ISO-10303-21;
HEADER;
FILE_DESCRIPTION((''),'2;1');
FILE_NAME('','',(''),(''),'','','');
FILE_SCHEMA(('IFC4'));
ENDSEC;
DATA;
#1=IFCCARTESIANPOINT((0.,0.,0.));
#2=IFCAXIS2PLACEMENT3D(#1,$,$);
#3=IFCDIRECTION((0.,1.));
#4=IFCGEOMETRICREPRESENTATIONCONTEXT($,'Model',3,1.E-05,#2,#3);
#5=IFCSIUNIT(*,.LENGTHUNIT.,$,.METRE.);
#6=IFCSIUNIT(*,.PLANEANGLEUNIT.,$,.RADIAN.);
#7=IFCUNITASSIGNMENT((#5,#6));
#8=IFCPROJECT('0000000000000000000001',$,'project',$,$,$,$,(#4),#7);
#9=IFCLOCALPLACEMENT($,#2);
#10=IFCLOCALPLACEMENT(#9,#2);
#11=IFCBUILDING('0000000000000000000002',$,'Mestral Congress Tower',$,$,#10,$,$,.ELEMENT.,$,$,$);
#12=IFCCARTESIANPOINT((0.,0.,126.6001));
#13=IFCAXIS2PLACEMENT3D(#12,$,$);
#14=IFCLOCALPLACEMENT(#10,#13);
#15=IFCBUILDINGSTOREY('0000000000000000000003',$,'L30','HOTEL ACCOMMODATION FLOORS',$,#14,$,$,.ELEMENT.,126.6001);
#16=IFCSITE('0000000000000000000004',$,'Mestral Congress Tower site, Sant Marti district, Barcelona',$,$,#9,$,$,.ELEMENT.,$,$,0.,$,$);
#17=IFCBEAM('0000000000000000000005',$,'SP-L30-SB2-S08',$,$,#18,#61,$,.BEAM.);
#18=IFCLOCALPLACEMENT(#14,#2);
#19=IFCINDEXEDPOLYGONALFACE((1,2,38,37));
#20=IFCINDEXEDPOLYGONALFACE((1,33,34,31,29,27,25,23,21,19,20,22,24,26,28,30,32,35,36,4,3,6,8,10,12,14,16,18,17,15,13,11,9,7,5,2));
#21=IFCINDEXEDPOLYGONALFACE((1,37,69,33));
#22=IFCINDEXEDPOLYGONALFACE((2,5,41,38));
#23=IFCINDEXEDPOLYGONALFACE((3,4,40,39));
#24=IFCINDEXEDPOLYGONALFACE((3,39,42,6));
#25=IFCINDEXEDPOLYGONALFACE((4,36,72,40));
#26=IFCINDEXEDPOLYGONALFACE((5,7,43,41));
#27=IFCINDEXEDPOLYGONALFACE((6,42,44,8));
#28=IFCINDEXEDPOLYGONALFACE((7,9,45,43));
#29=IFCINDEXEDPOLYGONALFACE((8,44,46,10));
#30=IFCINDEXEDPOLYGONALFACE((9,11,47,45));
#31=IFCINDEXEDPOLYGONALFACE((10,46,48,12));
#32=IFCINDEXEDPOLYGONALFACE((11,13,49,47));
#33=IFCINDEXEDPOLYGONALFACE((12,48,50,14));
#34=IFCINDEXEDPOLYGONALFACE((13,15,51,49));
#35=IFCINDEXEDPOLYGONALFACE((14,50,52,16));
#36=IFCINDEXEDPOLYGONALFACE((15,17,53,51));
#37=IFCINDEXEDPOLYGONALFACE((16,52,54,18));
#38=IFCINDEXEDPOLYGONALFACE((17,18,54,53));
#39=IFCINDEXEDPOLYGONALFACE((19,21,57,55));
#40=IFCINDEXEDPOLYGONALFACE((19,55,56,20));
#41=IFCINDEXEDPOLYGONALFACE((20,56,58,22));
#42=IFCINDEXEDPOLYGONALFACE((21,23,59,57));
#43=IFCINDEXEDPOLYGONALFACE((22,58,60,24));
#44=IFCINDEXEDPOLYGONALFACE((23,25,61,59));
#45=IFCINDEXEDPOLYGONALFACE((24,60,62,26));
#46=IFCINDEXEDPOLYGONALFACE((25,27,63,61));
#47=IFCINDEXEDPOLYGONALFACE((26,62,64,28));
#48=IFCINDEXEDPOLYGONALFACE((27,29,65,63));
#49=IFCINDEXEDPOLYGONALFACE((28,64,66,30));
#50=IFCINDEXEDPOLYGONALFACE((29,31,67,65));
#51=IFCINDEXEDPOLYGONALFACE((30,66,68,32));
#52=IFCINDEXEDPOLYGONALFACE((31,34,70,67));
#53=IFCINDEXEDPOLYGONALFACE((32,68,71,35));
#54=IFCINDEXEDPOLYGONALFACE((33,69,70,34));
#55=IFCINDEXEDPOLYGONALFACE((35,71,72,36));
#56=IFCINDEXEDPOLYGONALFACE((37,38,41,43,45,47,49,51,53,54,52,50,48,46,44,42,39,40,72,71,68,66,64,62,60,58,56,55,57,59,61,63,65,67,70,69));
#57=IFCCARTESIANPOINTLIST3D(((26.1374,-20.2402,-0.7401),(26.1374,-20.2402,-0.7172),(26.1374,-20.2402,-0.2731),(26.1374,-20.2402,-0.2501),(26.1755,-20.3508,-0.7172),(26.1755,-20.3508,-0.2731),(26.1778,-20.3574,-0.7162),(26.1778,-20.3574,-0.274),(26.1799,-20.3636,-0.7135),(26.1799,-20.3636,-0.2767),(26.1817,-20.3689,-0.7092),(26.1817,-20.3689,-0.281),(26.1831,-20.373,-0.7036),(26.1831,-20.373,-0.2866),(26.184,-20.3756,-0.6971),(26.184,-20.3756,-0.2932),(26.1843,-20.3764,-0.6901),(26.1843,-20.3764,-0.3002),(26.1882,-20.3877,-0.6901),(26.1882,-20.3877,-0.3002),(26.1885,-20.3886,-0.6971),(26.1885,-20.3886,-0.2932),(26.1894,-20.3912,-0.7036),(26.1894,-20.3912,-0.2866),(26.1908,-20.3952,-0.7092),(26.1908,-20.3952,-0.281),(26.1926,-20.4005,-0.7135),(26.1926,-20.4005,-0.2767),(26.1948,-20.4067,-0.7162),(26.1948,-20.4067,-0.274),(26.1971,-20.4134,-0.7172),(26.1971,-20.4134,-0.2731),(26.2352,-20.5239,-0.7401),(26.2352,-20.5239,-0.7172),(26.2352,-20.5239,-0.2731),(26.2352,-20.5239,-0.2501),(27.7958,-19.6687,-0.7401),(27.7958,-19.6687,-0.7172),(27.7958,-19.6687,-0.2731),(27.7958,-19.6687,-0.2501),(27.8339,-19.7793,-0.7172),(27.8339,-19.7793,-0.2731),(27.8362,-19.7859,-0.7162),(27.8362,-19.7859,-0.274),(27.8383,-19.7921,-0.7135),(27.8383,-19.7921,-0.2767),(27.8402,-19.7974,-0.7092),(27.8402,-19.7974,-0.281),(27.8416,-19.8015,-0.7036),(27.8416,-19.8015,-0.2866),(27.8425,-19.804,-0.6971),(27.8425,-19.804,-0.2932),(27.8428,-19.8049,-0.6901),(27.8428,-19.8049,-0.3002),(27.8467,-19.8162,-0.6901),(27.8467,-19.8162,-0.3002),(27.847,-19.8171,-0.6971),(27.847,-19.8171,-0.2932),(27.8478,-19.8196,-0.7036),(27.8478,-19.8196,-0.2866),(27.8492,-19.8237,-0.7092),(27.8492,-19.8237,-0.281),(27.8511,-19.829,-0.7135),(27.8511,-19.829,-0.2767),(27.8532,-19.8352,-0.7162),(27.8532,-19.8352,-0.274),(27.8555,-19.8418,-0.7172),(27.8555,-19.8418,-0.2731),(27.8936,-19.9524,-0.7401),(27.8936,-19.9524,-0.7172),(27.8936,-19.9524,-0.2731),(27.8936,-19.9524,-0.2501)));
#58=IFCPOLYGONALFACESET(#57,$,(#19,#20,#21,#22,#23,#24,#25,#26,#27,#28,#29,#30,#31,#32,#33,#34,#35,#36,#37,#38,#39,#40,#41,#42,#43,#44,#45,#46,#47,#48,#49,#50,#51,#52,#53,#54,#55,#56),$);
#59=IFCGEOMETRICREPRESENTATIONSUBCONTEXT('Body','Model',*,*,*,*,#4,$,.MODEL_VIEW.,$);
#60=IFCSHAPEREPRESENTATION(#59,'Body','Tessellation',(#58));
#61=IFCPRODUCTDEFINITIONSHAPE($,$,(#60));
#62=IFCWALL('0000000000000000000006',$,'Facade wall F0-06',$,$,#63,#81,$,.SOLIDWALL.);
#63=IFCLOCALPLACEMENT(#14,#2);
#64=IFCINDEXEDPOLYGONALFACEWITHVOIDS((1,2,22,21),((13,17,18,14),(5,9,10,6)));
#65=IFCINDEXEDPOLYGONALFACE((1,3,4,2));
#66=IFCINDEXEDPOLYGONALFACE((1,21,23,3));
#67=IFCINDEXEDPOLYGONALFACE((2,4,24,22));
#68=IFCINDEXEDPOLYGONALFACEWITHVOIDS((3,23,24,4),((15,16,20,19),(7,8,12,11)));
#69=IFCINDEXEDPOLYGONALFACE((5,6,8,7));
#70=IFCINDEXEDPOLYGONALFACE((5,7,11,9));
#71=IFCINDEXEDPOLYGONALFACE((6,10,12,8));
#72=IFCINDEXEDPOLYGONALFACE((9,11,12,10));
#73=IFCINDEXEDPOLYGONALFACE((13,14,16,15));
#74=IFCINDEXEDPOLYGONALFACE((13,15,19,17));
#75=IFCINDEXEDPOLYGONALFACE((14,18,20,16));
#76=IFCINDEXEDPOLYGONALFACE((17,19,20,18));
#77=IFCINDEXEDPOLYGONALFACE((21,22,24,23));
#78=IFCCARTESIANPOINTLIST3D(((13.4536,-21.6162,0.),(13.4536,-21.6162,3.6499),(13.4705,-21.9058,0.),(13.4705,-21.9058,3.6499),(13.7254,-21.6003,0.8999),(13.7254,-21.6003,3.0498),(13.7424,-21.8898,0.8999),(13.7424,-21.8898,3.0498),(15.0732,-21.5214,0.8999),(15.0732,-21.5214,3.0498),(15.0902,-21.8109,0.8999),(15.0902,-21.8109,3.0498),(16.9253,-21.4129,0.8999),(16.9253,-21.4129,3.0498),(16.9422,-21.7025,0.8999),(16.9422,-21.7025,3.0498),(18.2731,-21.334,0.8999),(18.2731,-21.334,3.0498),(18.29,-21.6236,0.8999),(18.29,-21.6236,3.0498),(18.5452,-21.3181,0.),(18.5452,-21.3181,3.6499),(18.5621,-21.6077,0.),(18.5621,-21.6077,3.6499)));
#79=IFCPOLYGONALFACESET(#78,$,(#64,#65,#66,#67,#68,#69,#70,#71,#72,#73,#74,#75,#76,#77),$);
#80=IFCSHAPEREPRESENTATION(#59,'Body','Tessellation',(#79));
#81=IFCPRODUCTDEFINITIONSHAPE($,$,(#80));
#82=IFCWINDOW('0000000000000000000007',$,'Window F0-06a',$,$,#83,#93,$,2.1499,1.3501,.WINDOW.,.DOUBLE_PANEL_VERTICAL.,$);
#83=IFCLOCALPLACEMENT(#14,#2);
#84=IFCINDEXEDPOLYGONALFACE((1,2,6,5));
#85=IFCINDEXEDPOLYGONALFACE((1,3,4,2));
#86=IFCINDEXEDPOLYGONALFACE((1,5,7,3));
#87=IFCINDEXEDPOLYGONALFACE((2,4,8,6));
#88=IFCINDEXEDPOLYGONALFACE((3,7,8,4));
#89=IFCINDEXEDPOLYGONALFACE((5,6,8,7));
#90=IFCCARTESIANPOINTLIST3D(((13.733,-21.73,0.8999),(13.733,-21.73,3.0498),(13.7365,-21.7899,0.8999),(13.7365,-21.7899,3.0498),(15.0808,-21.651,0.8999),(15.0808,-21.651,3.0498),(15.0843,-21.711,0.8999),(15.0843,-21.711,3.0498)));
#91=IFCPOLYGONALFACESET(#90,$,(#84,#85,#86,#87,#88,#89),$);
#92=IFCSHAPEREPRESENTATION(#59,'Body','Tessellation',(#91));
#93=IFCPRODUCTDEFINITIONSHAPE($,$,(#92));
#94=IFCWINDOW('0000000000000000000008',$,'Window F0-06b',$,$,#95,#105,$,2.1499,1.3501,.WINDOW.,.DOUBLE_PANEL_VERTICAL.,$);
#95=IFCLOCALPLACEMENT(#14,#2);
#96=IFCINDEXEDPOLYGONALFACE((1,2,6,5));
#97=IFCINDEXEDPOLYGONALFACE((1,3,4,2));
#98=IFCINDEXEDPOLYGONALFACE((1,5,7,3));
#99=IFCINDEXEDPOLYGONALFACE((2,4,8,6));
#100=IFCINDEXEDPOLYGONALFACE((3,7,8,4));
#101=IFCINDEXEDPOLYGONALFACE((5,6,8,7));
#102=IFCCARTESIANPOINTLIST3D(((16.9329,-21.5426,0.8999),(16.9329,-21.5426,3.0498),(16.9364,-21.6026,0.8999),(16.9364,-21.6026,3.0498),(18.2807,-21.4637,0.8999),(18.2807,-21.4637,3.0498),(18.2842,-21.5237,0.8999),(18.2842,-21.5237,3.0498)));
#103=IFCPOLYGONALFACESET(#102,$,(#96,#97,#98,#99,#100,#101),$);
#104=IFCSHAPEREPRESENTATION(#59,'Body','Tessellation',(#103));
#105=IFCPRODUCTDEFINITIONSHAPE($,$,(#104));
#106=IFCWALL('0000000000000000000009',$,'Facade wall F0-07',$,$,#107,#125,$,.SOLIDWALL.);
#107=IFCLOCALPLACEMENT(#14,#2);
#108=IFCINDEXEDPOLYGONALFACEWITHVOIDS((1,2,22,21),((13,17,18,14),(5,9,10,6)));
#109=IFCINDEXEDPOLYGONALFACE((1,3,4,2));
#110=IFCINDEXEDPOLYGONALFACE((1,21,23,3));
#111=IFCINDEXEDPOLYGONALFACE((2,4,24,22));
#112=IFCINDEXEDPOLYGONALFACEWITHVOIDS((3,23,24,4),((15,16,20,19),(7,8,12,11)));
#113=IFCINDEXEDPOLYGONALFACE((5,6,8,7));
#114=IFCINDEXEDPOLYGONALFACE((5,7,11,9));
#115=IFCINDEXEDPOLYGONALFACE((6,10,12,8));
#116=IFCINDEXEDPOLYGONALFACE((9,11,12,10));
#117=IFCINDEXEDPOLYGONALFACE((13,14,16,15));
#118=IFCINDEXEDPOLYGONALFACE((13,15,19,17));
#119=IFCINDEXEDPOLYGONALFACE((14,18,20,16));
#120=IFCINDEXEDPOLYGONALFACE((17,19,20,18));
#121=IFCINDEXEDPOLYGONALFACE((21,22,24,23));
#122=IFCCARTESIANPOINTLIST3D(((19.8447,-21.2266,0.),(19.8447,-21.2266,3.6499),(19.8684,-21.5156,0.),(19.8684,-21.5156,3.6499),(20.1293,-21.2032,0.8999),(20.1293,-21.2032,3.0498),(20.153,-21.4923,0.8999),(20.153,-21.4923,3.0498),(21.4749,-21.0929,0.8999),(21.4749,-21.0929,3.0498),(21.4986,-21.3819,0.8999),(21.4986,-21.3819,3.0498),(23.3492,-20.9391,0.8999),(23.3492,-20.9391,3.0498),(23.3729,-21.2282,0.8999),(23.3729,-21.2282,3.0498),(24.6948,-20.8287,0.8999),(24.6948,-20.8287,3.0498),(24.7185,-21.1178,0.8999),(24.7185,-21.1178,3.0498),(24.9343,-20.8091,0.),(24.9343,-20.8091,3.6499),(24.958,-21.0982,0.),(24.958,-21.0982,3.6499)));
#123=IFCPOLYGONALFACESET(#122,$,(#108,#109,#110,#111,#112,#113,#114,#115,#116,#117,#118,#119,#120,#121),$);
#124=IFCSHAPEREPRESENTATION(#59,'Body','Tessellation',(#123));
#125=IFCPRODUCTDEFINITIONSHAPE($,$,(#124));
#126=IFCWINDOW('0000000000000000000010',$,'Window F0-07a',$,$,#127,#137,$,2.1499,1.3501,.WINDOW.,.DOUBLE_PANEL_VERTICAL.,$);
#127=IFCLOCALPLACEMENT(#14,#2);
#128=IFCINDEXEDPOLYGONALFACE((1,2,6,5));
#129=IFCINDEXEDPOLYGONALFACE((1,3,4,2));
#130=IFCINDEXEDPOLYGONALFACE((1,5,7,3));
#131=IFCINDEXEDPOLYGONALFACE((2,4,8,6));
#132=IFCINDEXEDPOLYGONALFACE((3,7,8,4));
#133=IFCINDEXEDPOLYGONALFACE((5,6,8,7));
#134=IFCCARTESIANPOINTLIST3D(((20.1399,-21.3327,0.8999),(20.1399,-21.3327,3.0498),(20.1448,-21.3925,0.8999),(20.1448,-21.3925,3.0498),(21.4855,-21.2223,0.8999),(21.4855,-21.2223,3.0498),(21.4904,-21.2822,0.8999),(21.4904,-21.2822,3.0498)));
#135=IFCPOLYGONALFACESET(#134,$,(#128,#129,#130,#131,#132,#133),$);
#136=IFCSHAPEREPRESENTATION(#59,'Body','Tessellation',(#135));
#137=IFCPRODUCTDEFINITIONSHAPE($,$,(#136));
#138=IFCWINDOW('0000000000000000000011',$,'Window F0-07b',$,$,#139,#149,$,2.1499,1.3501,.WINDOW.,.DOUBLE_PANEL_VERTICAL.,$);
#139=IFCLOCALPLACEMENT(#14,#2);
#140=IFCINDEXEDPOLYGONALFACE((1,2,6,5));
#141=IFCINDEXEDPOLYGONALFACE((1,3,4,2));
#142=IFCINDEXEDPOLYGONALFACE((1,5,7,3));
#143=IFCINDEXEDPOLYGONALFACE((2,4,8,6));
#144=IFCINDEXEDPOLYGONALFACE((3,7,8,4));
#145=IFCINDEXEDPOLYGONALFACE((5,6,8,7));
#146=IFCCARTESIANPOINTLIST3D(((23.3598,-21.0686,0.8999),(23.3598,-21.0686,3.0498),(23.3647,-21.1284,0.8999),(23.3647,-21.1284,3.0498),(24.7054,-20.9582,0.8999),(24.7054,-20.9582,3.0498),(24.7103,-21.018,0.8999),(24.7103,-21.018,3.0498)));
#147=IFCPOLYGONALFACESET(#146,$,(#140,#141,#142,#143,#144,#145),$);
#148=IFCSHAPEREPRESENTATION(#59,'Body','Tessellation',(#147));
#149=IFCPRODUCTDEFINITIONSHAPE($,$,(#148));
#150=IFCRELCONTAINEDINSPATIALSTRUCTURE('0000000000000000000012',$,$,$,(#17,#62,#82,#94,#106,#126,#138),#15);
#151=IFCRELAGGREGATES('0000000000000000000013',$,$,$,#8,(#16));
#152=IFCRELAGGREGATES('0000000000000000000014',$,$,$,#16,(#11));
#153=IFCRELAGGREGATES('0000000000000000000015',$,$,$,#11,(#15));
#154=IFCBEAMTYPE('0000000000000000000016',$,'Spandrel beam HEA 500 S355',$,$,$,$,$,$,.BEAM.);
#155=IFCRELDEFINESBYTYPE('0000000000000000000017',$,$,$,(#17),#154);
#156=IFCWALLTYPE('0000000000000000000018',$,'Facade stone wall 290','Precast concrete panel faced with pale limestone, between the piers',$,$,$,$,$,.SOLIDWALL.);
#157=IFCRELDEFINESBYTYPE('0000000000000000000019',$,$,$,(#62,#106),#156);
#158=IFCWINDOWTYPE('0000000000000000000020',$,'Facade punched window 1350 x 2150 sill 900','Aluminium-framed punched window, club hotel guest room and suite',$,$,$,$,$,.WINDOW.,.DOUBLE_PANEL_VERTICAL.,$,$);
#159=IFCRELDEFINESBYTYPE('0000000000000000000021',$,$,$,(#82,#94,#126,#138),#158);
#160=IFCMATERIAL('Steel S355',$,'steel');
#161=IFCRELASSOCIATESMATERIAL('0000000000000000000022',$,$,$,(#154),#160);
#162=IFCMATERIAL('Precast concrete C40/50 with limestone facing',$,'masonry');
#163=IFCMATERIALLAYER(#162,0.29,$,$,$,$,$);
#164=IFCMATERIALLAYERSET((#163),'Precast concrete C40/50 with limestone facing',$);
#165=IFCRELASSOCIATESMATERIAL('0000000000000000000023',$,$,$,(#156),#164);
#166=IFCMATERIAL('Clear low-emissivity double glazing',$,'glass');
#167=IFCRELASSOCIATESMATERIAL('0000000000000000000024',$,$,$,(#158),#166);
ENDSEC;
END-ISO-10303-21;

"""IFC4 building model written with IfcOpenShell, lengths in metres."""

from ifc_helpers import new_model, si_unit, direction, frame, frame_2d, origin, origin_2d, place, context, subcontext, project, spatial, rectangle, i_section, extrude, material, layer, layer_set, material_profile, profile_set, type_object, element, fill, save


model = new_model("IFC4")

# Units and contexts
model_context = context("Model", 3, precision=1e-05, world=origin(), true_north=direction((0.0, 1.0)))
body_context = subcontext(model_context, "Body", "Model", "MODEL_VIEW")
ifc_project = project(units=[si_unit("LENGTHUNIT", "METRE"), si_unit("PLANEANGLEUNIT", "RADIAN")], contexts=[model_context])

# Site, building, storey
site_placement = place(None, origin())
site = spatial("IfcSite", under=ifc_project, at=site_placement, Name="Mestral Congress Tower site, Sant Marti district, Barcelona", CompositionType="ELEMENT", RefElevation=0.0)
building_placement = place(site_placement, origin())
building = spatial("IfcBuilding", under=site, at=building_placement, Name="Mestral Congress Tower", CompositionType="ELEMENT")
storey_placement = place(building_placement, frame((0.0, 0.0, 126.6001)))
storey = spatial("IfcBuildingStorey", under=building, at=storey_placement, Name="L30", Description="HOTEL ACCOMMODATION FLOORS", CompositionType="ELEMENT", Elevation=126.6001)

# Beam
ifc_material_1 = material(Name="Steel S355", Category="steel")
ifc_material_profile_1 = material_profile(ifc_material_1, i_section(OverallWidth=0.3, OverallDepth=0.49, WebThickness=0.012, FlangeThickness=0.0229, FilletRadius=0.0271, at=origin_2d()), Name="HEA 500")
ifc_profile_set_1 = profile_set([ifc_material_profile_1], Name="Steel S355")
beam_type_1 = type_object("IfcBeamType", Name="Spandrel beam HEA 500 S355", PredefinedType="BEAM", material=ifc_profile_set_1)
beam_1_placement = place(storey_placement, frame((26.1863, -20.3821, -0.4951), z_axis=(0.945434, 0.325815, 0.0), x_axis=(-0.325815, 0.945434, 0.0)))
element("IfcBeam", 1, at=beam_1_placement, inside=storey, type_object=beam_type_1, Name="SP-L30-SB2-S08", PredefinedType="BEAM", context=body_context, shape_type="SweptSolid", body=[
    extrude(i_section(OverallWidth=0.3, OverallDepth=0.49, WebThickness=0.012, FlangeThickness=0.0229, FilletRadius=0.0271, at=origin_2d()), origin(), (0.0, 0.0, 1.0), 1.7542),
])

# Walls, openings, windows
ifc_material_2 = material(Name="Precast concrete C40/50 with limestone facing", Category="masonry")
ifc_layer_1 = layer(ifc_material_2, 0.29)
ifc_layer_set_1 = layer_set([ifc_layer_1], Name="Precast concrete C40/50 with limestone facing")
wall_type_1 = type_object("IfcWallType", Name="Facade stone wall 290", Description="Precast concrete panel faced with pale limestone, between the piers", PredefinedType="SOLIDWALL", material=ifc_layer_set_1)
wall_1_placement = place(storey_placement, frame((13.4619, -21.761, 0.0), z_axis=(0.0, 0.0, 1.0), x_axis=(0.998291, 0.058447, 0.0)))
wall_1 = element("IfcWall", 2, at=wall_1_placement, inside=storey, type_object=wall_type_1, Name="Facade wall F0-06", PredefinedType="SOLIDWALL", context=body_context, shape_type="SweptSolid", body=[
    extrude(rectangle(XDim=5.1003, YDim=0.29, at=frame_2d((2.5503, 0.0))), origin(), (0.0, 0.0, 1.0), 3.6499),
])
opening_1_placement = place(wall_1_placement, frame((0.2725, 0.0, 0.8999)))
opening_1 = element("IfcOpeningElement", 3, at=opening_1_placement, cuts=wall_1, PredefinedType="OPENING", context=body_context, shape_type="SweptSolid", body=[
    extrude(rectangle(XDim=1.3501, YDim=2.1499, at=frame_2d((0.675, 1.075))), frame((0.0, 0.155, 0.0), z_axis=(0.0, -1.0, 0.0), x_axis=(1.0, 0.0, 0.0)), (0.0, 0.0, 1.0), 0.3101),
])
opening_2_placement = place(wall_1_placement, frame((3.4778, 0.0, 0.8999)))
opening_2 = element("IfcOpeningElement", 4, at=opening_2_placement, cuts=wall_1, PredefinedType="OPENING", context=body_context, shape_type="SweptSolid", body=[
    extrude(rectangle(XDim=1.3501, YDim=2.1499, at=frame_2d((0.675, 1.075))), frame((0.0, 0.155, 0.0), z_axis=(0.0, -1.0, 0.0), x_axis=(1.0, 0.0, 0.0)), (0.0, 0.0, 1.0), 0.3101),
])
ifc_material_3 = material(Name="Clear low-emissivity double glazing", Category="glass")
window_type_1 = type_object("IfcWindowType", Name="Facade punched window 1350 x 2150 sill 900", Description="Aluminium-framed punched window, club hotel guest room and suite", PartitioningType="DOUBLE_PANEL_VERTICAL", PredefinedType="WINDOW", material=ifc_material_3)
window_1_placement = place(opening_1_placement, origin())
window_1 = element("IfcWindow", 5, at=window_1_placement, inside=storey, type_object=window_type_1, Name="Window F0-06a", OverallHeight=2.1499, OverallWidth=1.3501, PartitioningType="DOUBLE_PANEL_VERTICAL", PredefinedType="WINDOW", context=body_context, shape_type="SweptSolid", body=[
    extrude(rectangle(XDim=1.3501, YDim=2.1499, at=frame_2d((0.675, 1.075))), frame((0.0, 0.0151, 0.0), z_axis=(0.0, -1.0, 0.0), x_axis=(1.0, 0.0, 0.0)), (0.0, 0.0, 1.0), 0.0601),
])
fill(opening_1, window_1)
window_2_placement = place(opening_2_placement, origin())
window_2 = element("IfcWindow", 6, at=window_2_placement, inside=storey, type_object=window_type_1, Name="Window F0-06b", OverallHeight=2.1499, OverallWidth=1.3501, PartitioningType="DOUBLE_PANEL_VERTICAL", PredefinedType="WINDOW", context=body_context, shape_type="SweptSolid", body=[
    extrude(rectangle(XDim=1.3501, YDim=2.1499, at=frame_2d((0.675, 1.075))), frame((0.0, 0.0151, 0.0), z_axis=(0.0, -1.0, 0.0), x_axis=(1.0, 0.0, 0.0)), (0.0, 0.0, 1.0), 0.0601),
])
fill(opening_2, window_2)
wall_2_placement = place(storey_placement, frame((19.8567, -21.3711, 0.0), z_axis=(0.0, 0.0, 1.0), x_axis=(0.996653, 0.081752, 0.0)))
wall_2 = element("IfcWall", 7, at=wall_2_placement, inside=storey, type_object=wall_type_1, Name="Facade wall F0-07", PredefinedType="SOLIDWALL", context=body_context, shape_type="SweptSolid", body=[
    extrude(rectangle(XDim=5.1067, YDim=0.29, at=frame_2d((2.5532, 0.0))), origin(), (0.0, 0.0, 1.0), 3.6499),
])
opening_3_placement = place(wall_2_placement, frame((0.2854, 0.0, 0.8999)))
opening_3 = element("IfcOpeningElement", 8, at=opening_3_placement, cuts=wall_2, PredefinedType="OPENING", context=body_context, shape_type="SweptSolid", body=[
    extrude(rectangle(XDim=1.3501, YDim=2.1499, at=frame_2d((0.675, 1.075))), frame((0.0, 0.155, 0.0), z_axis=(0.0, -1.0, 0.0), x_axis=(1.0, 0.0, 0.0)), (0.0, 0.0, 1.0), 0.3101),
])
opening_4_placement = place(wall_2_placement, frame((3.5161, 0.0, 0.8999)))
opening_4 = element("IfcOpeningElement", 9, at=opening_4_placement, cuts=wall_2, PredefinedType="OPENING", context=body_context, shape_type="SweptSolid", body=[
    extrude(rectangle(XDim=1.3501, YDim=2.1499, at=frame_2d((0.675, 1.075))), frame((0.0, 0.155, 0.0), z_axis=(0.0, -1.0, 0.0), x_axis=(1.0, 0.0, 0.0)), (0.0, 0.0, 1.0), 0.3101),
])
window_3_placement = place(opening_3_placement, origin())
window_3 = element("IfcWindow", 10, at=window_3_placement, inside=storey, type_object=window_type_1, Name="Window F0-07a", OverallHeight=2.1499, OverallWidth=1.3501, PartitioningType="DOUBLE_PANEL_VERTICAL", PredefinedType="WINDOW", context=body_context, shape_type="SweptSolid", body=[
    extrude(rectangle(XDim=1.3501, YDim=2.1499, at=frame_2d((0.675, 1.075))), frame((0.0, 0.0151, 0.0), z_axis=(0.0, -1.0, 0.0), x_axis=(1.0, 0.0, 0.0)), (0.0, 0.0, 1.0), 0.0601),
])
fill(opening_3, window_3)
window_4_placement = place(opening_4_placement, origin())
window_4 = element("IfcWindow", 11, at=window_4_placement, inside=storey, type_object=window_type_1, Name="Window F0-07b", OverallHeight=2.1499, OverallWidth=1.3501, PartitioningType="DOUBLE_PANEL_VERTICAL", PredefinedType="WINDOW", context=body_context, shape_type="SweptSolid", body=[
    extrude(rectangle(XDim=1.3501, YDim=2.1499, at=frame_2d((0.675, 1.075))), frame((0.0, 0.0151, 0.0), z_axis=(0.0, -1.0, 0.0), x_axis=(1.0, 0.0, 0.0)), (0.0, 0.0, 1.0), 0.0601),
])
fill(opening_4, window_4)

save(model, "model.ifc")
